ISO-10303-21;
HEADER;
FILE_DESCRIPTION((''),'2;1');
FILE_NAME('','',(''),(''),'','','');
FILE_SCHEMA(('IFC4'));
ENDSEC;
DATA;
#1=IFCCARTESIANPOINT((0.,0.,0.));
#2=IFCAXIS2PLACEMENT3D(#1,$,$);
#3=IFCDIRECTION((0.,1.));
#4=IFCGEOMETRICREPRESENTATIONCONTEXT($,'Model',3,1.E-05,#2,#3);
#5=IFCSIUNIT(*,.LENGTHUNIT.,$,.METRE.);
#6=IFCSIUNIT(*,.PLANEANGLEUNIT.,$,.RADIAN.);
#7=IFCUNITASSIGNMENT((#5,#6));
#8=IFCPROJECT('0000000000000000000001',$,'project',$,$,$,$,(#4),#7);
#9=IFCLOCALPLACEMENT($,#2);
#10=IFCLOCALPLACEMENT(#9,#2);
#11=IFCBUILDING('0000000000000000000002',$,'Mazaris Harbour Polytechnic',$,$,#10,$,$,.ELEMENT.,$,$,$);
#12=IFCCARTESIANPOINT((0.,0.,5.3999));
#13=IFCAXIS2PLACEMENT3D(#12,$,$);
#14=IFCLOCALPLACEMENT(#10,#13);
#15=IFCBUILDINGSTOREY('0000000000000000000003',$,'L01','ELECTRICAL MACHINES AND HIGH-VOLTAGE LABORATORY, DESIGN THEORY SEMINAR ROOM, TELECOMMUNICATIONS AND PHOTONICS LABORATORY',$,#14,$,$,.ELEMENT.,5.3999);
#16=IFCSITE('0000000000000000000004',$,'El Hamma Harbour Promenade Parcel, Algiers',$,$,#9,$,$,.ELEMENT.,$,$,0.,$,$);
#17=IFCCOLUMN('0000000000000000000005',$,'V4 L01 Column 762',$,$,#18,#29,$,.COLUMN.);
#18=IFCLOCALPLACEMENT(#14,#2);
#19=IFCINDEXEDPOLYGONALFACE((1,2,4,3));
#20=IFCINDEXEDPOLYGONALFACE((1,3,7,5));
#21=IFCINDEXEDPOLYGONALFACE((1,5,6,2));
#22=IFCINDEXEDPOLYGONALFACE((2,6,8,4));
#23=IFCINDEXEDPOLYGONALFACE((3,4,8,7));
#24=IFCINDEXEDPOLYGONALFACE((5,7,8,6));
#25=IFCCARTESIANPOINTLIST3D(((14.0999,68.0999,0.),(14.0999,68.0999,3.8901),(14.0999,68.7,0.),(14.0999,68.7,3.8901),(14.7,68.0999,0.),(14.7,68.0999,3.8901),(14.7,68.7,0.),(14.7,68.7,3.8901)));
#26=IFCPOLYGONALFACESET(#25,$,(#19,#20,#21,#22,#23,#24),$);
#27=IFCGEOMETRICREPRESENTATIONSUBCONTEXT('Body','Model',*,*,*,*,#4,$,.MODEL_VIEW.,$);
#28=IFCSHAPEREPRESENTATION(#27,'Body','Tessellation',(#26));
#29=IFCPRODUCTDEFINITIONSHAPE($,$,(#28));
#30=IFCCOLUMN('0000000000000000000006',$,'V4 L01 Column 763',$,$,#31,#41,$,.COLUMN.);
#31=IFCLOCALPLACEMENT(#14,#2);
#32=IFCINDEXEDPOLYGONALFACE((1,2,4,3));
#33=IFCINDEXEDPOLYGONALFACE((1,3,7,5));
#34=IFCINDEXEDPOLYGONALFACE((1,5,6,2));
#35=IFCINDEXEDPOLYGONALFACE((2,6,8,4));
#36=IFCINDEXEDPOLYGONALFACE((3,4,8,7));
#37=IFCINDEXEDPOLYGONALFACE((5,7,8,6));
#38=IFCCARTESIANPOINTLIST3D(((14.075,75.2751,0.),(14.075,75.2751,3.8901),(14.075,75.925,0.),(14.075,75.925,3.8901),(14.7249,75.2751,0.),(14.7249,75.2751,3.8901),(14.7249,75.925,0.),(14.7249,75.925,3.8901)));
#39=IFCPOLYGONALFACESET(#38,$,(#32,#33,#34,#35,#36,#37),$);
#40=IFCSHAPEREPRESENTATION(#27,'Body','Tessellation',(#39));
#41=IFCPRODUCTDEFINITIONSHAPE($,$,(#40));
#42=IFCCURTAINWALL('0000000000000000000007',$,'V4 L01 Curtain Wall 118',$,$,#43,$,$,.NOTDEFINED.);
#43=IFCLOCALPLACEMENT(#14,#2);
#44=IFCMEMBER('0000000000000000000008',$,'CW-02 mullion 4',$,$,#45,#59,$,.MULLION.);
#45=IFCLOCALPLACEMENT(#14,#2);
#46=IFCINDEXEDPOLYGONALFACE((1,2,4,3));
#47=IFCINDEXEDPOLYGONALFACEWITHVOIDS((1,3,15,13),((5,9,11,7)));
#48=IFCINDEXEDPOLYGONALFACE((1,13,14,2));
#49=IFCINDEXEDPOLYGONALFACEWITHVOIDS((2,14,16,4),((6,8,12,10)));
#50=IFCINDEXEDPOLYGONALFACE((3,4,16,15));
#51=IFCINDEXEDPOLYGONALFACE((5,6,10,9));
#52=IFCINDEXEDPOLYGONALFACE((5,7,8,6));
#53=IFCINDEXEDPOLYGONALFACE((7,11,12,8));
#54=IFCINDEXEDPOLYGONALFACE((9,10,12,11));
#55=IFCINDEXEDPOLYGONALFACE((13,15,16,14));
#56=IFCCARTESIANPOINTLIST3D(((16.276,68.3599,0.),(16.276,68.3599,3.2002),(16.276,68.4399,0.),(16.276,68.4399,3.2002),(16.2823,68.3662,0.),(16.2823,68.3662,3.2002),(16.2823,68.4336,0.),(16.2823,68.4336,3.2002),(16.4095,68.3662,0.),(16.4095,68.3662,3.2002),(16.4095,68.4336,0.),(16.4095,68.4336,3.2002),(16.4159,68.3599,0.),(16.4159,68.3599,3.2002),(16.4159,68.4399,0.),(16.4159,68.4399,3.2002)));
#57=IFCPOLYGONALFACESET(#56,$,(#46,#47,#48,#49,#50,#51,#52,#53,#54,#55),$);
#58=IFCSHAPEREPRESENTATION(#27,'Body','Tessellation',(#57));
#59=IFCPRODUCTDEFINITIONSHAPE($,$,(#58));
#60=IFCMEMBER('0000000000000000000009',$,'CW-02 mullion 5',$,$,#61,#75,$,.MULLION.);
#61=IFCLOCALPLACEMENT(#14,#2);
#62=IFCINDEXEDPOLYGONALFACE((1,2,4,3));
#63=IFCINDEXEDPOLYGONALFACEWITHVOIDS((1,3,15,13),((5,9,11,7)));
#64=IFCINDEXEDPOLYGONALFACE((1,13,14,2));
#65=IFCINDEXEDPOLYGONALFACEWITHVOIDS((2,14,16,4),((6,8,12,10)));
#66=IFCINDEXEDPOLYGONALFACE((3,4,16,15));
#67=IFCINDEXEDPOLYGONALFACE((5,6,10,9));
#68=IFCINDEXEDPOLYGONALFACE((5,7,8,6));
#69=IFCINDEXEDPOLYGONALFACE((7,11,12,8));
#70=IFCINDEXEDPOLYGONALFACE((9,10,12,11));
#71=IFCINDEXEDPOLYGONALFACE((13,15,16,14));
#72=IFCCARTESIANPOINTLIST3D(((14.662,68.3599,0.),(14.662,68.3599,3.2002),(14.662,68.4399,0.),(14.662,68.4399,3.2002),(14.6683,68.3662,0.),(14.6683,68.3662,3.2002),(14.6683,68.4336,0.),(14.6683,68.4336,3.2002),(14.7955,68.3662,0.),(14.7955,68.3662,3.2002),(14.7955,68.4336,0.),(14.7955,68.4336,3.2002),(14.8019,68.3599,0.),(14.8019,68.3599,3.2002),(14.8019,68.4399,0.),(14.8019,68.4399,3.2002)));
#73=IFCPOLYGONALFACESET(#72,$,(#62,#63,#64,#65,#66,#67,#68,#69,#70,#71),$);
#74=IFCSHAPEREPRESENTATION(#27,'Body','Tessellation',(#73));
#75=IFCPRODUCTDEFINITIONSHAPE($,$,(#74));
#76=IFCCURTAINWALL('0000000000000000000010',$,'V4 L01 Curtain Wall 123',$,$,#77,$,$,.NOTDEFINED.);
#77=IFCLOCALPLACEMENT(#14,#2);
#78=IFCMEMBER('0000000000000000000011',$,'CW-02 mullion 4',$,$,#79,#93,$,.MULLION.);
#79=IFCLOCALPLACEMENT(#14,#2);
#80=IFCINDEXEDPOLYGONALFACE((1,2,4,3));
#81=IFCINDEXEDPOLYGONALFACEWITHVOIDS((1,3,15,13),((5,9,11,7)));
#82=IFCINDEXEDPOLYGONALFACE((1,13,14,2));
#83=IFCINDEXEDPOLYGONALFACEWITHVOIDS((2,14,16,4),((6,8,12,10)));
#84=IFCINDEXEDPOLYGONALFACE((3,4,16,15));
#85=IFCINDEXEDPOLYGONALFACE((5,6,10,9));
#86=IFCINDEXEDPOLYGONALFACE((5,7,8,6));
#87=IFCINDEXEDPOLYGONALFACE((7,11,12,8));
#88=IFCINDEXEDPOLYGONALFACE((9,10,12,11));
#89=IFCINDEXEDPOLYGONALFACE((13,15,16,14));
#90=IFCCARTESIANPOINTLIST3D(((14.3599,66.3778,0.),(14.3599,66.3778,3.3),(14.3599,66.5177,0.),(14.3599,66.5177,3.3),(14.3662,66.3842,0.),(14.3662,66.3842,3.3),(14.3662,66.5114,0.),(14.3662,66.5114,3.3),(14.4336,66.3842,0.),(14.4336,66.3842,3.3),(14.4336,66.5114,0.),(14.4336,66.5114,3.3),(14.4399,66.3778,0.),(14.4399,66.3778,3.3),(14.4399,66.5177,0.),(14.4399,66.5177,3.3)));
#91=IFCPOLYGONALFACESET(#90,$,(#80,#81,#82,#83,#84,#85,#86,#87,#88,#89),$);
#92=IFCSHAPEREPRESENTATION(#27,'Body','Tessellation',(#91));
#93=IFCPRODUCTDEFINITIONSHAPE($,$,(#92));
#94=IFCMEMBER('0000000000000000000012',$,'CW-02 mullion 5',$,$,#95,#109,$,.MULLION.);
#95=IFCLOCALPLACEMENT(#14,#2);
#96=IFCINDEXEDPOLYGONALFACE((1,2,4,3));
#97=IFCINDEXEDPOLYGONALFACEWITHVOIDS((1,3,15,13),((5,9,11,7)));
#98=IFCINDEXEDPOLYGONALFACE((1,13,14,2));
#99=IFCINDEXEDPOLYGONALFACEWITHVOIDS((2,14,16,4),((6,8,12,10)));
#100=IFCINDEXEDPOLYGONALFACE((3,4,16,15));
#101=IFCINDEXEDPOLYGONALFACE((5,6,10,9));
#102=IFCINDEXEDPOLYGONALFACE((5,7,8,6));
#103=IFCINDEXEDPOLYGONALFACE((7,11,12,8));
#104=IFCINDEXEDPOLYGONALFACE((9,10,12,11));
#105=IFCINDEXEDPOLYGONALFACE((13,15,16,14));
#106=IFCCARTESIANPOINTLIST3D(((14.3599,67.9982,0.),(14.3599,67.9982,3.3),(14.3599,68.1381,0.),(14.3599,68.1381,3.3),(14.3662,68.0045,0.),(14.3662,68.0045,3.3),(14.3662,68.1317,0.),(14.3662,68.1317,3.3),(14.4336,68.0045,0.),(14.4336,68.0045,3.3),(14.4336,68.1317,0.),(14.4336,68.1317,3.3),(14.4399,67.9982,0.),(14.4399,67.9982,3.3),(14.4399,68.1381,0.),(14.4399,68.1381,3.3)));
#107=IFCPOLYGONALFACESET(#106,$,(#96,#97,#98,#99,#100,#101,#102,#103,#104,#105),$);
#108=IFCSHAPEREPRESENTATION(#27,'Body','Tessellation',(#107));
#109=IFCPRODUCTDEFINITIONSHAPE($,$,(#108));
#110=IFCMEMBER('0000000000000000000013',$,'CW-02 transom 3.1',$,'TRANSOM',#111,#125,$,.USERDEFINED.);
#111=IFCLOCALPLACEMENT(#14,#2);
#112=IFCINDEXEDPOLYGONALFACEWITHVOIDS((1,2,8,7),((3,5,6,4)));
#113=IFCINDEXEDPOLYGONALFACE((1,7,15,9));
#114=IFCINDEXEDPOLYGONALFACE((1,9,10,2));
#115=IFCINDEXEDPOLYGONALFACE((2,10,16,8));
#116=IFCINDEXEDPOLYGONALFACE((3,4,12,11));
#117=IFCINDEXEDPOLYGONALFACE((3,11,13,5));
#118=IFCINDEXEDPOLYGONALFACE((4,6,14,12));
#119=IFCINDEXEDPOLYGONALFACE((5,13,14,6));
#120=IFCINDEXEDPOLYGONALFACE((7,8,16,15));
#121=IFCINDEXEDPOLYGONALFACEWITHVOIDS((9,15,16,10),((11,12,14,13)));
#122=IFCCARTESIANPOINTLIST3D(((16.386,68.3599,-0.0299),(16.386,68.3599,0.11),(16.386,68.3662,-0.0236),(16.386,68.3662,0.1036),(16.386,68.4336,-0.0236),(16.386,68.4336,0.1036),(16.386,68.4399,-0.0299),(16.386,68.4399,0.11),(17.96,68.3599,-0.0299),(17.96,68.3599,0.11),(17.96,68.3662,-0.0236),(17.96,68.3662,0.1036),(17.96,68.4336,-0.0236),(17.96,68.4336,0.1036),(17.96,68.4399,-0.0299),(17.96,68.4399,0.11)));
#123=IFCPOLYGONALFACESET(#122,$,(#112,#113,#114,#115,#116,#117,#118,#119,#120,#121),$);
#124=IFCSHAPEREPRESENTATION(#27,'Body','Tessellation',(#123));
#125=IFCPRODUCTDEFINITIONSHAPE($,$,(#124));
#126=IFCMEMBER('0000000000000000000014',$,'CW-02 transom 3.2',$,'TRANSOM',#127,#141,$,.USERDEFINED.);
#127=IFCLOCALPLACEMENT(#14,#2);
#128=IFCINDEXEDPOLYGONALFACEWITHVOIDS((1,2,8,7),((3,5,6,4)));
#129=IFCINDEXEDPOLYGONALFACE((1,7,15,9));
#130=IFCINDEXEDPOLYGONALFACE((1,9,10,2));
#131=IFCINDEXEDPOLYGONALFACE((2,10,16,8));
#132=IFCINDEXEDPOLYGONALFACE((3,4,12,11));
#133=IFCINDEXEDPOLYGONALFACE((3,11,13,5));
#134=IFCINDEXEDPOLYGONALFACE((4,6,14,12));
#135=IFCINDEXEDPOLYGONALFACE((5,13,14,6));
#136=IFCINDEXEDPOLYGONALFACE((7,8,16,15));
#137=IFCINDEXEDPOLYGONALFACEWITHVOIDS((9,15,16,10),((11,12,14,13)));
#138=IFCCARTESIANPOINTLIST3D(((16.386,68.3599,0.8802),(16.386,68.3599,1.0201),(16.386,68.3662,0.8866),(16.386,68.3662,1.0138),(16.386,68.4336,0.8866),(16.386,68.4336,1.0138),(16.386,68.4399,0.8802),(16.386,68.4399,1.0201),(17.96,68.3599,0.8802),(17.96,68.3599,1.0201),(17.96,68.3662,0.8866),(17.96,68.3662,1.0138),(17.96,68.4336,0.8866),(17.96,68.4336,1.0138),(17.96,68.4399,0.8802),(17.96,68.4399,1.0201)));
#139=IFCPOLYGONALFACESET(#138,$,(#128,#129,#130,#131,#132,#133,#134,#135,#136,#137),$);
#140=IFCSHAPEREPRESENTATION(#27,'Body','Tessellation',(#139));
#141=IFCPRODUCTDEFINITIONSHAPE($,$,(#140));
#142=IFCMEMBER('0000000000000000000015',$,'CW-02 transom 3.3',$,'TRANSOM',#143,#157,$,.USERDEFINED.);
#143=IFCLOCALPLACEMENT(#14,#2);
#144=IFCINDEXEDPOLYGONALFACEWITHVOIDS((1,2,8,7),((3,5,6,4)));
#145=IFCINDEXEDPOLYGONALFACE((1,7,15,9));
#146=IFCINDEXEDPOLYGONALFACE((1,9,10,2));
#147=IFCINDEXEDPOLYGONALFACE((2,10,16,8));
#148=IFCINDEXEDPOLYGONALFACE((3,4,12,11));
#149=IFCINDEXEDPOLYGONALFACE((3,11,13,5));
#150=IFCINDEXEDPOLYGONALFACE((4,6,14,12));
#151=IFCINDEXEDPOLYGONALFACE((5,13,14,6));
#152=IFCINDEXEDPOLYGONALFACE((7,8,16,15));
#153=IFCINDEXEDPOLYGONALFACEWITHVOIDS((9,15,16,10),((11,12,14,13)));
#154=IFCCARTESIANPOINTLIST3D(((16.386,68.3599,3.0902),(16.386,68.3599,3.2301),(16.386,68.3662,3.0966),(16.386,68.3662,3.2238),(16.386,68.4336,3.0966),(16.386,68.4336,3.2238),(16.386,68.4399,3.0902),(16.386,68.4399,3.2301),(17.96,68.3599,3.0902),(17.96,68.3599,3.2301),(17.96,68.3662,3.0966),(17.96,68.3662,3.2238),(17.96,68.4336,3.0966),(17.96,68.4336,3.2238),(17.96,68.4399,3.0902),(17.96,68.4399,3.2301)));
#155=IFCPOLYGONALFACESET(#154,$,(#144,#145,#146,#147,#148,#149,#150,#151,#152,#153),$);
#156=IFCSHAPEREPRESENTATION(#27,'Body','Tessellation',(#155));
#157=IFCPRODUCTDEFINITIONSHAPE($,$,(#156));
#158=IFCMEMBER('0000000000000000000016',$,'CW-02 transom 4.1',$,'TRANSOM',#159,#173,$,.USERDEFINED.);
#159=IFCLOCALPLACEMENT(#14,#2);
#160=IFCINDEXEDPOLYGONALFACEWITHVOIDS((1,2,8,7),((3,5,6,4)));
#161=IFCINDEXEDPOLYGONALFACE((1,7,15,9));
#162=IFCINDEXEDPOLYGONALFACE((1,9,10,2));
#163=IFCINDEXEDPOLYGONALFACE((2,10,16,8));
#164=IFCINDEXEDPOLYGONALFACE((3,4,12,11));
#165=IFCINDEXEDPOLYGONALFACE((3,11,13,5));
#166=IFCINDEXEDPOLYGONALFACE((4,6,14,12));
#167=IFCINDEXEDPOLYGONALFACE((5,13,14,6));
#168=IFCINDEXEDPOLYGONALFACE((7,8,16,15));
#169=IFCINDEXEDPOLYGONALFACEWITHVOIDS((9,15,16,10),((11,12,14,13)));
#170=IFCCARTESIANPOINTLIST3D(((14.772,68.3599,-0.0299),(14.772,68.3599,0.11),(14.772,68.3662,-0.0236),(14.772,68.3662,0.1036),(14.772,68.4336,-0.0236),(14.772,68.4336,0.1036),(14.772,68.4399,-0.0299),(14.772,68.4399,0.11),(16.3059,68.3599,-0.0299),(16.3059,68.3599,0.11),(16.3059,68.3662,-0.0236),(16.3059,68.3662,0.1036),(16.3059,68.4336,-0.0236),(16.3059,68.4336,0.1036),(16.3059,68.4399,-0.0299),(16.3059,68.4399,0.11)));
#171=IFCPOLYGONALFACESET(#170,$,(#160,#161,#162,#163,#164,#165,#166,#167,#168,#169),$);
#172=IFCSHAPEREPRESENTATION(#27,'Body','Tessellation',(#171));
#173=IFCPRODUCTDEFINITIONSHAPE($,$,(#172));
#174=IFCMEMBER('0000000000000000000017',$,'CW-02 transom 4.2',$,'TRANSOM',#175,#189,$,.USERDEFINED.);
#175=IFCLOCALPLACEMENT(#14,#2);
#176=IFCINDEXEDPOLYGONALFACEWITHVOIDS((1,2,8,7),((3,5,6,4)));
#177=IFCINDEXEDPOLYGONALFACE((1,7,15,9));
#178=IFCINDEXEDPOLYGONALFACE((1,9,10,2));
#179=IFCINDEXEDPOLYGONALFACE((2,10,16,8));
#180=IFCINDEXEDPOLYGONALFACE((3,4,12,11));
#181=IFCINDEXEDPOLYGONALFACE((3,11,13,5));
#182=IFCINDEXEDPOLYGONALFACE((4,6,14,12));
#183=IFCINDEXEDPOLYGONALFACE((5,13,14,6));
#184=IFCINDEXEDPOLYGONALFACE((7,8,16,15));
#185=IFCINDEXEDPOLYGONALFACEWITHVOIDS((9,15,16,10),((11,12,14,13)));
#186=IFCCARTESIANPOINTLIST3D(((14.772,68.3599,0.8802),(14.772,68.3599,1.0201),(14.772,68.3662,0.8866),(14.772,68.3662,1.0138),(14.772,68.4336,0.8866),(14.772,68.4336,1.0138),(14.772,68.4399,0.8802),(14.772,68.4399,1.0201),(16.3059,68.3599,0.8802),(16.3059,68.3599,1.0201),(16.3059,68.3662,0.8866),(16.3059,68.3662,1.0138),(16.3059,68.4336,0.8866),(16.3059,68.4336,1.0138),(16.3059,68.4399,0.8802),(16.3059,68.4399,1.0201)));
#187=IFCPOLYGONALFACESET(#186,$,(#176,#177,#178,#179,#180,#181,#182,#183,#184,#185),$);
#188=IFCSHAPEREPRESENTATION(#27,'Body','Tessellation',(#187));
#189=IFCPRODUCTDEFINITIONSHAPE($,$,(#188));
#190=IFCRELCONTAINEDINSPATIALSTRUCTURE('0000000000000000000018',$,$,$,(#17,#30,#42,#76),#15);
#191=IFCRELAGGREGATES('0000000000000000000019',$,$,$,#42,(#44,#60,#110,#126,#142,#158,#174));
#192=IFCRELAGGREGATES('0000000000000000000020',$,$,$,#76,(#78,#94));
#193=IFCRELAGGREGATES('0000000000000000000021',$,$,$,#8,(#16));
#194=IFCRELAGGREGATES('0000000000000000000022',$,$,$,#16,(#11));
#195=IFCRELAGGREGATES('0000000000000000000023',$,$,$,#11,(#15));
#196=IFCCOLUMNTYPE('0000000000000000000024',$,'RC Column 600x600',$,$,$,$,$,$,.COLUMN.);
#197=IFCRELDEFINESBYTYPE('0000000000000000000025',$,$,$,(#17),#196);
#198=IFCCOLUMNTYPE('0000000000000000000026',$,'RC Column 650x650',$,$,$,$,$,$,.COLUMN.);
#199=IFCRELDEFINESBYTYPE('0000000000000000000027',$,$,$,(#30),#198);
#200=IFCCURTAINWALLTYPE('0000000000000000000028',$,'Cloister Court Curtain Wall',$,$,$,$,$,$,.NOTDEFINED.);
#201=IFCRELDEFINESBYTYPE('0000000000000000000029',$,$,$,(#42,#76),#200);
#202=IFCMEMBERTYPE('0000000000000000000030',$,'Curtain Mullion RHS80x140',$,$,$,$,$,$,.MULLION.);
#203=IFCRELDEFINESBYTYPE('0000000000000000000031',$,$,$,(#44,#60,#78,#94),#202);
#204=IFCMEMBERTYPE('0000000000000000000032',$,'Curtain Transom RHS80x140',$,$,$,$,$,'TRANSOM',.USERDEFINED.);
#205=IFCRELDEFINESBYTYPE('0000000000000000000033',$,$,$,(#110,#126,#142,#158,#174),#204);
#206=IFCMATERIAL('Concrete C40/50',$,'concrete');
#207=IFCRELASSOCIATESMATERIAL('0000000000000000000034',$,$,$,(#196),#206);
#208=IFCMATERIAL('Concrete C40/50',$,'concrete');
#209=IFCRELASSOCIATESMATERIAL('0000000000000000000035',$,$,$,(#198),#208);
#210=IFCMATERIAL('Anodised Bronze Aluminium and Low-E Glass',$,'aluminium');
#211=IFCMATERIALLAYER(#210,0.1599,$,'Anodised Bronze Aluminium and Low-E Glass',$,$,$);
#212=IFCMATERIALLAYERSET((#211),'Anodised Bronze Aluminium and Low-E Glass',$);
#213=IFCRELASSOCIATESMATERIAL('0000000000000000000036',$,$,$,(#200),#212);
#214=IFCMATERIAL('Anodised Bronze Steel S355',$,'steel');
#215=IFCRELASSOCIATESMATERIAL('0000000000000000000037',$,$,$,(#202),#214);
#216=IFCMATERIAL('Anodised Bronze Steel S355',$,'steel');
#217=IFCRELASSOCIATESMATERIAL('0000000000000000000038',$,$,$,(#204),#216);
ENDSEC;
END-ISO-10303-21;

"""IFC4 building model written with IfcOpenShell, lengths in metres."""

from ifc_helpers import new_model, si_unit, direction, frame, origin, origin_2d, place, context, subcontext, project, spatial, rectangle, hollow_rectangle, extrude, material, layer, layer_set, material_profile, profile_set, type_object, element, aggregate, save


model = new_model("IFC4")

# Units and contexts
model_context = context("Model", 3, precision=1e-05, world=origin(), true_north=direction((0.0, 1.0)))
body_context = subcontext(model_context, "Body", "Model", "MODEL_VIEW")
ifc_project = project(units=[si_unit("LENGTHUNIT", "METRE"), si_unit("PLANEANGLEUNIT", "RADIAN")], contexts=[model_context])

# Site, building, storey
site_placement = place(None, origin())
site = spatial("IfcSite", under=ifc_project, at=site_placement, Name="El Hamma Harbour Promenade Parcel, Algiers", CompositionType="ELEMENT", RefElevation=0.0)
building_placement = place(site_placement, origin())
building = spatial("IfcBuilding", under=site, at=building_placement, Name="Mazaris Harbour Polytechnic", CompositionType="ELEMENT")
storey_placement = place(building_placement, frame((0.0, 0.0, 5.3999)))
storey = spatial("IfcBuildingStorey", under=building, at=storey_placement, Name="L01", Description="ELECTRICAL MACHINES AND HIGH-VOLTAGE LABORATORY, DESIGN THEORY SEMINAR ROOM, TELECOMMUNICATIONS AND PHOTONICS LABORATORY", CompositionType="ELEMENT", Elevation=5.3999)

# Columns
ifc_material_1 = material(Name="Concrete C40/50", Category="concrete")
ifc_material_profile_1 = material_profile(ifc_material_1, rectangle(XDim=0.6001, YDim=0.6001, at=origin_2d()), Name="RECT600x600")
ifc_profile_set_1 = profile_set([ifc_material_profile_1], Name="Concrete C40/50")
column_type_1 = type_object("IfcColumnType", Name="RC Column 600x600", PredefinedType="COLUMN", material=ifc_profile_set_1)
column_1_placement = place(storey_placement, frame((14.3999, 68.3999, 0.0), z_axis=(0.0, 0.0, 1.0), x_axis=(1.0, 0.0, 0.0)))
element("IfcColumn", 1, at=column_1_placement, inside=storey, type_object=column_type_1, Name="V4 L01 Column 762", PredefinedType="COLUMN", context=body_context, shape_type="SweptSolid", body=[
    extrude(rectangle(XDim=0.6001, YDim=0.6001, at=origin_2d()), origin(), (0.0, 0.0, 1.0), 3.8901),
])
ifc_material_2 = material(Name="Concrete C40/50", Category="concrete")
ifc_material_profile_2 = material_profile(ifc_material_2, rectangle(XDim=0.6499, YDim=0.6499, at=origin_2d()), Name="RECT650x650")
ifc_profile_set_2 = profile_set([ifc_material_profile_2], Name="Concrete C40/50")
column_type_2 = type_object("IfcColumnType", Name="RC Column 650x650", PredefinedType="COLUMN", material=ifc_profile_set_2)
column_2_placement = place(storey_placement, frame((14.3999, 75.6001, 0.0), z_axis=(0.0, 0.0, 1.0), x_axis=(1.0, 0.0, 0.0)))
element("IfcColumn", 2, at=column_2_placement, inside=storey, type_object=column_type_2, Name="V4 L01 Column 763", PredefinedType="COLUMN", context=body_context, shape_type="SweptSolid", body=[
    extrude(rectangle(XDim=0.6499, YDim=0.6499, at=origin_2d()), origin(), (0.0, 0.0, 1.0), 3.8901),
])

# Curtain walls, members
ifc_material_3 = material(Name="Anodised Bronze Aluminium and Low-E Glass", Category="aluminium")
ifc_layer_1 = layer(ifc_material_3, 0.1599, Name="Anodised Bronze Aluminium and Low-E Glass")
ifc_layer_set_1 = layer_set([ifc_layer_1], Name="Anodised Bronze Aluminium and Low-E Glass")
curtain_wall_type = type_object("IfcCurtainWallType", Name="Cloister Court Curtain Wall", PredefinedType="NOTDEFINED", material=ifc_layer_set_1)
curtain_wall_1_placement = place(storey_placement, origin())
curtain_wall_1 = element("IfcCurtainWall", 3, at=curtain_wall_1_placement, inside=storey, type_object=curtain_wall_type, Name="V4 L01 Curtain Wall 118", PredefinedType="NOTDEFINED")
ifc_material_4 = material(Name="Anodised Bronze Steel S355", Category="steel")
ifc_material_profile_3 = material_profile(ifc_material_4, hollow_rectangle(XDim=0.0801, YDim=0.1399, WallThickness=0.0063, at=origin_2d()), Name="RHS 80x140x6.3")
ifc_profile_set_3 = profile_set([ifc_material_profile_3], Name="Anodised Bronze Steel S355")
member_type_1 = type_object("IfcMemberType", Name="Curtain Mullion RHS80x140", PredefinedType="MULLION", material=ifc_profile_set_3)
member_1_placement = place(storey_placement, frame((16.3459, 68.3999, 0.0), z_axis=(0.0, 0.0, 1.0), x_axis=(0.0, -1.0, 0.0)))
member_1 = element("IfcMember", 4, at=member_1_placement, type_object=member_type_1, Name="CW-02 mullion 4", PredefinedType="MULLION", context=body_context, shape_type="SweptSolid", body=[
    extrude(hollow_rectangle(XDim=0.0801, YDim=0.1399, WallThickness=0.0063, at=origin_2d()), origin(), (0.0, 0.0, 1.0), 3.2002),
])
member_2_placement = place(storey_placement, frame((14.7319, 68.3999, 0.0), z_axis=(0.0, 0.0, 1.0), x_axis=(0.0, -1.0, 0.0)))
member_2 = element("IfcMember", 5, at=member_2_placement, type_object=member_type_1, Name="CW-02 mullion 5", PredefinedType="MULLION", context=body_context, shape_type="SweptSolid", body=[
    extrude(hollow_rectangle(XDim=0.0801, YDim=0.1399, WallThickness=0.0063, at=origin_2d()), origin(), (0.0, 0.0, 1.0), 3.2002),
])
curtain_wall_2_placement = place(storey_placement, origin())
curtain_wall_2 = element("IfcCurtainWall", 6, at=curtain_wall_2_placement, inside=storey, type_object=curtain_wall_type, Name="V4 L01 Curtain Wall 123", PredefinedType="NOTDEFINED")
member_3_placement = place(storey_placement, frame((14.3999, 66.4478, 0.0), z_axis=(0.0, 0.0, 1.0), x_axis=(-1.0, 0.0, 0.0)))
member_3 = element("IfcMember", 7, at=member_3_placement, type_object=member_type_1, Name="CW-02 mullion 4", PredefinedType="MULLION", context=body_context, shape_type="SweptSolid", body=[
    extrude(hollow_rectangle(XDim=0.0801, YDim=0.1399, WallThickness=0.0063, at=origin_2d()), origin(), (0.0, 0.0, 1.0), 3.3),
])
member_4_placement = place(storey_placement, frame((14.3999, 68.0681, 0.0), z_axis=(0.0, 0.0, 1.0), x_axis=(-1.0, 0.0, 0.0)))
member_4 = element("IfcMember", 8, at=member_4_placement, type_object=member_type_1, Name="CW-02 mullion 5", PredefinedType="MULLION", context=body_context, shape_type="SweptSolid", body=[
    extrude(hollow_rectangle(XDim=0.0801, YDim=0.1399, WallThickness=0.0063, at=origin_2d()), origin(), (0.0, 0.0, 1.0), 3.3),
])

# Members
ifc_material_5 = material(Name="Anodised Bronze Steel S355", Category="steel")
ifc_material_profile_4 = material_profile(ifc_material_5, hollow_rectangle(XDim=0.0801, YDim=0.1399, WallThickness=0.0063, at=origin_2d()), Name="RHS 80x140x6.3")
ifc_profile_set_4 = profile_set([ifc_material_profile_4], Name="Anodised Bronze Steel S355")
member_type_2 = type_object("IfcMemberType", Name="Curtain Transom RHS80x140", ElementType="TRANSOM", PredefinedType="USERDEFINED", material=ifc_profile_set_4)
member_5_placement = place(storey_placement, frame((17.96, 68.3999, 0.04), z_axis=(-1.0, 0.0, 0.0), x_axis=(0.0, -1.0, 0.0)))
member_5 = element("IfcMember", 9, at=member_5_placement, type_object=member_type_2, Name="CW-02 transom 3.1", ObjectType="TRANSOM", PredefinedType="USERDEFINED", context=body_context, shape_type="SweptSolid", body=[
    extrude(hollow_rectangle(XDim=0.0801, YDim=0.1399, WallThickness=0.0063, at=origin_2d()), origin(), (0.0, 0.0, 1.0), 1.574),
])
member_6_placement = place(storey_placement, frame((17.96, 68.3999, 0.9502), z_axis=(-1.0, 0.0, 0.0), x_axis=(0.0, -1.0, 0.0)))
member_6 = element("IfcMember", 10, at=member_6_placement, type_object=member_type_2, Name="CW-02 transom 3.2", ObjectType="TRANSOM", PredefinedType="USERDEFINED", context=body_context, shape_type="SweptSolid", body=[
    extrude(hollow_rectangle(XDim=0.0801, YDim=0.1399, WallThickness=0.0063, at=origin_2d()), origin(), (0.0, 0.0, 1.0), 1.574),
])
member_7_placement = place(storey_placement, frame((17.96, 68.3999, 3.1602), z_axis=(-1.0, 0.0, 0.0), x_axis=(0.0, -1.0, 0.0)))
member_7 = element("IfcMember", 11, at=member_7_placement, type_object=member_type_2, Name="CW-02 transom 3.3", ObjectType="TRANSOM", PredefinedType="USERDEFINED", context=body_context, shape_type="SweptSolid", body=[
    extrude(hollow_rectangle(XDim=0.0801, YDim=0.1399, WallThickness=0.0063, at=origin_2d()), origin(), (0.0, 0.0, 1.0), 1.574),
])
member_8_placement = place(storey_placement, frame((16.3059, 68.3999, 0.04), z_axis=(-1.0, 0.0, 0.0), x_axis=(0.0, -1.0, 0.0)))
member_8 = element("IfcMember", 12, at=member_8_placement, type_object=member_type_2, Name="CW-02 transom 4.1", ObjectType="TRANSOM", PredefinedType="USERDEFINED", context=body_context, shape_type="SweptSolid", body=[
    extrude(hollow_rectangle(XDim=0.0801, YDim=0.1399, WallThickness=0.0063, at=origin_2d()), origin(), (0.0, 0.0, 1.0), 1.5339),
])
member_9_placement = place(storey_placement, frame((16.3059, 68.3999, 0.9502), z_axis=(-1.0, 0.0, 0.0), x_axis=(0.0, -1.0, 0.0)))
member_9 = element("IfcMember", 13, at=member_9_placement, type_object=member_type_2, Name="CW-02 transom 4.2", ObjectType="TRANSOM", PredefinedType="USERDEFINED", context=body_context, shape_type="SweptSolid", body=[
    extrude(hollow_rectangle(XDim=0.0801, YDim=0.1399, WallThickness=0.0063, at=origin_2d()), origin(), (0.0, 0.0, 1.0), 1.5339),
])

aggregate(curtain_wall_1, [member_1, member_2, member_5, member_6, member_7, member_8, member_9])
aggregate(curtain_wall_2, [member_3, member_4])

save(model, "model.ifc")
